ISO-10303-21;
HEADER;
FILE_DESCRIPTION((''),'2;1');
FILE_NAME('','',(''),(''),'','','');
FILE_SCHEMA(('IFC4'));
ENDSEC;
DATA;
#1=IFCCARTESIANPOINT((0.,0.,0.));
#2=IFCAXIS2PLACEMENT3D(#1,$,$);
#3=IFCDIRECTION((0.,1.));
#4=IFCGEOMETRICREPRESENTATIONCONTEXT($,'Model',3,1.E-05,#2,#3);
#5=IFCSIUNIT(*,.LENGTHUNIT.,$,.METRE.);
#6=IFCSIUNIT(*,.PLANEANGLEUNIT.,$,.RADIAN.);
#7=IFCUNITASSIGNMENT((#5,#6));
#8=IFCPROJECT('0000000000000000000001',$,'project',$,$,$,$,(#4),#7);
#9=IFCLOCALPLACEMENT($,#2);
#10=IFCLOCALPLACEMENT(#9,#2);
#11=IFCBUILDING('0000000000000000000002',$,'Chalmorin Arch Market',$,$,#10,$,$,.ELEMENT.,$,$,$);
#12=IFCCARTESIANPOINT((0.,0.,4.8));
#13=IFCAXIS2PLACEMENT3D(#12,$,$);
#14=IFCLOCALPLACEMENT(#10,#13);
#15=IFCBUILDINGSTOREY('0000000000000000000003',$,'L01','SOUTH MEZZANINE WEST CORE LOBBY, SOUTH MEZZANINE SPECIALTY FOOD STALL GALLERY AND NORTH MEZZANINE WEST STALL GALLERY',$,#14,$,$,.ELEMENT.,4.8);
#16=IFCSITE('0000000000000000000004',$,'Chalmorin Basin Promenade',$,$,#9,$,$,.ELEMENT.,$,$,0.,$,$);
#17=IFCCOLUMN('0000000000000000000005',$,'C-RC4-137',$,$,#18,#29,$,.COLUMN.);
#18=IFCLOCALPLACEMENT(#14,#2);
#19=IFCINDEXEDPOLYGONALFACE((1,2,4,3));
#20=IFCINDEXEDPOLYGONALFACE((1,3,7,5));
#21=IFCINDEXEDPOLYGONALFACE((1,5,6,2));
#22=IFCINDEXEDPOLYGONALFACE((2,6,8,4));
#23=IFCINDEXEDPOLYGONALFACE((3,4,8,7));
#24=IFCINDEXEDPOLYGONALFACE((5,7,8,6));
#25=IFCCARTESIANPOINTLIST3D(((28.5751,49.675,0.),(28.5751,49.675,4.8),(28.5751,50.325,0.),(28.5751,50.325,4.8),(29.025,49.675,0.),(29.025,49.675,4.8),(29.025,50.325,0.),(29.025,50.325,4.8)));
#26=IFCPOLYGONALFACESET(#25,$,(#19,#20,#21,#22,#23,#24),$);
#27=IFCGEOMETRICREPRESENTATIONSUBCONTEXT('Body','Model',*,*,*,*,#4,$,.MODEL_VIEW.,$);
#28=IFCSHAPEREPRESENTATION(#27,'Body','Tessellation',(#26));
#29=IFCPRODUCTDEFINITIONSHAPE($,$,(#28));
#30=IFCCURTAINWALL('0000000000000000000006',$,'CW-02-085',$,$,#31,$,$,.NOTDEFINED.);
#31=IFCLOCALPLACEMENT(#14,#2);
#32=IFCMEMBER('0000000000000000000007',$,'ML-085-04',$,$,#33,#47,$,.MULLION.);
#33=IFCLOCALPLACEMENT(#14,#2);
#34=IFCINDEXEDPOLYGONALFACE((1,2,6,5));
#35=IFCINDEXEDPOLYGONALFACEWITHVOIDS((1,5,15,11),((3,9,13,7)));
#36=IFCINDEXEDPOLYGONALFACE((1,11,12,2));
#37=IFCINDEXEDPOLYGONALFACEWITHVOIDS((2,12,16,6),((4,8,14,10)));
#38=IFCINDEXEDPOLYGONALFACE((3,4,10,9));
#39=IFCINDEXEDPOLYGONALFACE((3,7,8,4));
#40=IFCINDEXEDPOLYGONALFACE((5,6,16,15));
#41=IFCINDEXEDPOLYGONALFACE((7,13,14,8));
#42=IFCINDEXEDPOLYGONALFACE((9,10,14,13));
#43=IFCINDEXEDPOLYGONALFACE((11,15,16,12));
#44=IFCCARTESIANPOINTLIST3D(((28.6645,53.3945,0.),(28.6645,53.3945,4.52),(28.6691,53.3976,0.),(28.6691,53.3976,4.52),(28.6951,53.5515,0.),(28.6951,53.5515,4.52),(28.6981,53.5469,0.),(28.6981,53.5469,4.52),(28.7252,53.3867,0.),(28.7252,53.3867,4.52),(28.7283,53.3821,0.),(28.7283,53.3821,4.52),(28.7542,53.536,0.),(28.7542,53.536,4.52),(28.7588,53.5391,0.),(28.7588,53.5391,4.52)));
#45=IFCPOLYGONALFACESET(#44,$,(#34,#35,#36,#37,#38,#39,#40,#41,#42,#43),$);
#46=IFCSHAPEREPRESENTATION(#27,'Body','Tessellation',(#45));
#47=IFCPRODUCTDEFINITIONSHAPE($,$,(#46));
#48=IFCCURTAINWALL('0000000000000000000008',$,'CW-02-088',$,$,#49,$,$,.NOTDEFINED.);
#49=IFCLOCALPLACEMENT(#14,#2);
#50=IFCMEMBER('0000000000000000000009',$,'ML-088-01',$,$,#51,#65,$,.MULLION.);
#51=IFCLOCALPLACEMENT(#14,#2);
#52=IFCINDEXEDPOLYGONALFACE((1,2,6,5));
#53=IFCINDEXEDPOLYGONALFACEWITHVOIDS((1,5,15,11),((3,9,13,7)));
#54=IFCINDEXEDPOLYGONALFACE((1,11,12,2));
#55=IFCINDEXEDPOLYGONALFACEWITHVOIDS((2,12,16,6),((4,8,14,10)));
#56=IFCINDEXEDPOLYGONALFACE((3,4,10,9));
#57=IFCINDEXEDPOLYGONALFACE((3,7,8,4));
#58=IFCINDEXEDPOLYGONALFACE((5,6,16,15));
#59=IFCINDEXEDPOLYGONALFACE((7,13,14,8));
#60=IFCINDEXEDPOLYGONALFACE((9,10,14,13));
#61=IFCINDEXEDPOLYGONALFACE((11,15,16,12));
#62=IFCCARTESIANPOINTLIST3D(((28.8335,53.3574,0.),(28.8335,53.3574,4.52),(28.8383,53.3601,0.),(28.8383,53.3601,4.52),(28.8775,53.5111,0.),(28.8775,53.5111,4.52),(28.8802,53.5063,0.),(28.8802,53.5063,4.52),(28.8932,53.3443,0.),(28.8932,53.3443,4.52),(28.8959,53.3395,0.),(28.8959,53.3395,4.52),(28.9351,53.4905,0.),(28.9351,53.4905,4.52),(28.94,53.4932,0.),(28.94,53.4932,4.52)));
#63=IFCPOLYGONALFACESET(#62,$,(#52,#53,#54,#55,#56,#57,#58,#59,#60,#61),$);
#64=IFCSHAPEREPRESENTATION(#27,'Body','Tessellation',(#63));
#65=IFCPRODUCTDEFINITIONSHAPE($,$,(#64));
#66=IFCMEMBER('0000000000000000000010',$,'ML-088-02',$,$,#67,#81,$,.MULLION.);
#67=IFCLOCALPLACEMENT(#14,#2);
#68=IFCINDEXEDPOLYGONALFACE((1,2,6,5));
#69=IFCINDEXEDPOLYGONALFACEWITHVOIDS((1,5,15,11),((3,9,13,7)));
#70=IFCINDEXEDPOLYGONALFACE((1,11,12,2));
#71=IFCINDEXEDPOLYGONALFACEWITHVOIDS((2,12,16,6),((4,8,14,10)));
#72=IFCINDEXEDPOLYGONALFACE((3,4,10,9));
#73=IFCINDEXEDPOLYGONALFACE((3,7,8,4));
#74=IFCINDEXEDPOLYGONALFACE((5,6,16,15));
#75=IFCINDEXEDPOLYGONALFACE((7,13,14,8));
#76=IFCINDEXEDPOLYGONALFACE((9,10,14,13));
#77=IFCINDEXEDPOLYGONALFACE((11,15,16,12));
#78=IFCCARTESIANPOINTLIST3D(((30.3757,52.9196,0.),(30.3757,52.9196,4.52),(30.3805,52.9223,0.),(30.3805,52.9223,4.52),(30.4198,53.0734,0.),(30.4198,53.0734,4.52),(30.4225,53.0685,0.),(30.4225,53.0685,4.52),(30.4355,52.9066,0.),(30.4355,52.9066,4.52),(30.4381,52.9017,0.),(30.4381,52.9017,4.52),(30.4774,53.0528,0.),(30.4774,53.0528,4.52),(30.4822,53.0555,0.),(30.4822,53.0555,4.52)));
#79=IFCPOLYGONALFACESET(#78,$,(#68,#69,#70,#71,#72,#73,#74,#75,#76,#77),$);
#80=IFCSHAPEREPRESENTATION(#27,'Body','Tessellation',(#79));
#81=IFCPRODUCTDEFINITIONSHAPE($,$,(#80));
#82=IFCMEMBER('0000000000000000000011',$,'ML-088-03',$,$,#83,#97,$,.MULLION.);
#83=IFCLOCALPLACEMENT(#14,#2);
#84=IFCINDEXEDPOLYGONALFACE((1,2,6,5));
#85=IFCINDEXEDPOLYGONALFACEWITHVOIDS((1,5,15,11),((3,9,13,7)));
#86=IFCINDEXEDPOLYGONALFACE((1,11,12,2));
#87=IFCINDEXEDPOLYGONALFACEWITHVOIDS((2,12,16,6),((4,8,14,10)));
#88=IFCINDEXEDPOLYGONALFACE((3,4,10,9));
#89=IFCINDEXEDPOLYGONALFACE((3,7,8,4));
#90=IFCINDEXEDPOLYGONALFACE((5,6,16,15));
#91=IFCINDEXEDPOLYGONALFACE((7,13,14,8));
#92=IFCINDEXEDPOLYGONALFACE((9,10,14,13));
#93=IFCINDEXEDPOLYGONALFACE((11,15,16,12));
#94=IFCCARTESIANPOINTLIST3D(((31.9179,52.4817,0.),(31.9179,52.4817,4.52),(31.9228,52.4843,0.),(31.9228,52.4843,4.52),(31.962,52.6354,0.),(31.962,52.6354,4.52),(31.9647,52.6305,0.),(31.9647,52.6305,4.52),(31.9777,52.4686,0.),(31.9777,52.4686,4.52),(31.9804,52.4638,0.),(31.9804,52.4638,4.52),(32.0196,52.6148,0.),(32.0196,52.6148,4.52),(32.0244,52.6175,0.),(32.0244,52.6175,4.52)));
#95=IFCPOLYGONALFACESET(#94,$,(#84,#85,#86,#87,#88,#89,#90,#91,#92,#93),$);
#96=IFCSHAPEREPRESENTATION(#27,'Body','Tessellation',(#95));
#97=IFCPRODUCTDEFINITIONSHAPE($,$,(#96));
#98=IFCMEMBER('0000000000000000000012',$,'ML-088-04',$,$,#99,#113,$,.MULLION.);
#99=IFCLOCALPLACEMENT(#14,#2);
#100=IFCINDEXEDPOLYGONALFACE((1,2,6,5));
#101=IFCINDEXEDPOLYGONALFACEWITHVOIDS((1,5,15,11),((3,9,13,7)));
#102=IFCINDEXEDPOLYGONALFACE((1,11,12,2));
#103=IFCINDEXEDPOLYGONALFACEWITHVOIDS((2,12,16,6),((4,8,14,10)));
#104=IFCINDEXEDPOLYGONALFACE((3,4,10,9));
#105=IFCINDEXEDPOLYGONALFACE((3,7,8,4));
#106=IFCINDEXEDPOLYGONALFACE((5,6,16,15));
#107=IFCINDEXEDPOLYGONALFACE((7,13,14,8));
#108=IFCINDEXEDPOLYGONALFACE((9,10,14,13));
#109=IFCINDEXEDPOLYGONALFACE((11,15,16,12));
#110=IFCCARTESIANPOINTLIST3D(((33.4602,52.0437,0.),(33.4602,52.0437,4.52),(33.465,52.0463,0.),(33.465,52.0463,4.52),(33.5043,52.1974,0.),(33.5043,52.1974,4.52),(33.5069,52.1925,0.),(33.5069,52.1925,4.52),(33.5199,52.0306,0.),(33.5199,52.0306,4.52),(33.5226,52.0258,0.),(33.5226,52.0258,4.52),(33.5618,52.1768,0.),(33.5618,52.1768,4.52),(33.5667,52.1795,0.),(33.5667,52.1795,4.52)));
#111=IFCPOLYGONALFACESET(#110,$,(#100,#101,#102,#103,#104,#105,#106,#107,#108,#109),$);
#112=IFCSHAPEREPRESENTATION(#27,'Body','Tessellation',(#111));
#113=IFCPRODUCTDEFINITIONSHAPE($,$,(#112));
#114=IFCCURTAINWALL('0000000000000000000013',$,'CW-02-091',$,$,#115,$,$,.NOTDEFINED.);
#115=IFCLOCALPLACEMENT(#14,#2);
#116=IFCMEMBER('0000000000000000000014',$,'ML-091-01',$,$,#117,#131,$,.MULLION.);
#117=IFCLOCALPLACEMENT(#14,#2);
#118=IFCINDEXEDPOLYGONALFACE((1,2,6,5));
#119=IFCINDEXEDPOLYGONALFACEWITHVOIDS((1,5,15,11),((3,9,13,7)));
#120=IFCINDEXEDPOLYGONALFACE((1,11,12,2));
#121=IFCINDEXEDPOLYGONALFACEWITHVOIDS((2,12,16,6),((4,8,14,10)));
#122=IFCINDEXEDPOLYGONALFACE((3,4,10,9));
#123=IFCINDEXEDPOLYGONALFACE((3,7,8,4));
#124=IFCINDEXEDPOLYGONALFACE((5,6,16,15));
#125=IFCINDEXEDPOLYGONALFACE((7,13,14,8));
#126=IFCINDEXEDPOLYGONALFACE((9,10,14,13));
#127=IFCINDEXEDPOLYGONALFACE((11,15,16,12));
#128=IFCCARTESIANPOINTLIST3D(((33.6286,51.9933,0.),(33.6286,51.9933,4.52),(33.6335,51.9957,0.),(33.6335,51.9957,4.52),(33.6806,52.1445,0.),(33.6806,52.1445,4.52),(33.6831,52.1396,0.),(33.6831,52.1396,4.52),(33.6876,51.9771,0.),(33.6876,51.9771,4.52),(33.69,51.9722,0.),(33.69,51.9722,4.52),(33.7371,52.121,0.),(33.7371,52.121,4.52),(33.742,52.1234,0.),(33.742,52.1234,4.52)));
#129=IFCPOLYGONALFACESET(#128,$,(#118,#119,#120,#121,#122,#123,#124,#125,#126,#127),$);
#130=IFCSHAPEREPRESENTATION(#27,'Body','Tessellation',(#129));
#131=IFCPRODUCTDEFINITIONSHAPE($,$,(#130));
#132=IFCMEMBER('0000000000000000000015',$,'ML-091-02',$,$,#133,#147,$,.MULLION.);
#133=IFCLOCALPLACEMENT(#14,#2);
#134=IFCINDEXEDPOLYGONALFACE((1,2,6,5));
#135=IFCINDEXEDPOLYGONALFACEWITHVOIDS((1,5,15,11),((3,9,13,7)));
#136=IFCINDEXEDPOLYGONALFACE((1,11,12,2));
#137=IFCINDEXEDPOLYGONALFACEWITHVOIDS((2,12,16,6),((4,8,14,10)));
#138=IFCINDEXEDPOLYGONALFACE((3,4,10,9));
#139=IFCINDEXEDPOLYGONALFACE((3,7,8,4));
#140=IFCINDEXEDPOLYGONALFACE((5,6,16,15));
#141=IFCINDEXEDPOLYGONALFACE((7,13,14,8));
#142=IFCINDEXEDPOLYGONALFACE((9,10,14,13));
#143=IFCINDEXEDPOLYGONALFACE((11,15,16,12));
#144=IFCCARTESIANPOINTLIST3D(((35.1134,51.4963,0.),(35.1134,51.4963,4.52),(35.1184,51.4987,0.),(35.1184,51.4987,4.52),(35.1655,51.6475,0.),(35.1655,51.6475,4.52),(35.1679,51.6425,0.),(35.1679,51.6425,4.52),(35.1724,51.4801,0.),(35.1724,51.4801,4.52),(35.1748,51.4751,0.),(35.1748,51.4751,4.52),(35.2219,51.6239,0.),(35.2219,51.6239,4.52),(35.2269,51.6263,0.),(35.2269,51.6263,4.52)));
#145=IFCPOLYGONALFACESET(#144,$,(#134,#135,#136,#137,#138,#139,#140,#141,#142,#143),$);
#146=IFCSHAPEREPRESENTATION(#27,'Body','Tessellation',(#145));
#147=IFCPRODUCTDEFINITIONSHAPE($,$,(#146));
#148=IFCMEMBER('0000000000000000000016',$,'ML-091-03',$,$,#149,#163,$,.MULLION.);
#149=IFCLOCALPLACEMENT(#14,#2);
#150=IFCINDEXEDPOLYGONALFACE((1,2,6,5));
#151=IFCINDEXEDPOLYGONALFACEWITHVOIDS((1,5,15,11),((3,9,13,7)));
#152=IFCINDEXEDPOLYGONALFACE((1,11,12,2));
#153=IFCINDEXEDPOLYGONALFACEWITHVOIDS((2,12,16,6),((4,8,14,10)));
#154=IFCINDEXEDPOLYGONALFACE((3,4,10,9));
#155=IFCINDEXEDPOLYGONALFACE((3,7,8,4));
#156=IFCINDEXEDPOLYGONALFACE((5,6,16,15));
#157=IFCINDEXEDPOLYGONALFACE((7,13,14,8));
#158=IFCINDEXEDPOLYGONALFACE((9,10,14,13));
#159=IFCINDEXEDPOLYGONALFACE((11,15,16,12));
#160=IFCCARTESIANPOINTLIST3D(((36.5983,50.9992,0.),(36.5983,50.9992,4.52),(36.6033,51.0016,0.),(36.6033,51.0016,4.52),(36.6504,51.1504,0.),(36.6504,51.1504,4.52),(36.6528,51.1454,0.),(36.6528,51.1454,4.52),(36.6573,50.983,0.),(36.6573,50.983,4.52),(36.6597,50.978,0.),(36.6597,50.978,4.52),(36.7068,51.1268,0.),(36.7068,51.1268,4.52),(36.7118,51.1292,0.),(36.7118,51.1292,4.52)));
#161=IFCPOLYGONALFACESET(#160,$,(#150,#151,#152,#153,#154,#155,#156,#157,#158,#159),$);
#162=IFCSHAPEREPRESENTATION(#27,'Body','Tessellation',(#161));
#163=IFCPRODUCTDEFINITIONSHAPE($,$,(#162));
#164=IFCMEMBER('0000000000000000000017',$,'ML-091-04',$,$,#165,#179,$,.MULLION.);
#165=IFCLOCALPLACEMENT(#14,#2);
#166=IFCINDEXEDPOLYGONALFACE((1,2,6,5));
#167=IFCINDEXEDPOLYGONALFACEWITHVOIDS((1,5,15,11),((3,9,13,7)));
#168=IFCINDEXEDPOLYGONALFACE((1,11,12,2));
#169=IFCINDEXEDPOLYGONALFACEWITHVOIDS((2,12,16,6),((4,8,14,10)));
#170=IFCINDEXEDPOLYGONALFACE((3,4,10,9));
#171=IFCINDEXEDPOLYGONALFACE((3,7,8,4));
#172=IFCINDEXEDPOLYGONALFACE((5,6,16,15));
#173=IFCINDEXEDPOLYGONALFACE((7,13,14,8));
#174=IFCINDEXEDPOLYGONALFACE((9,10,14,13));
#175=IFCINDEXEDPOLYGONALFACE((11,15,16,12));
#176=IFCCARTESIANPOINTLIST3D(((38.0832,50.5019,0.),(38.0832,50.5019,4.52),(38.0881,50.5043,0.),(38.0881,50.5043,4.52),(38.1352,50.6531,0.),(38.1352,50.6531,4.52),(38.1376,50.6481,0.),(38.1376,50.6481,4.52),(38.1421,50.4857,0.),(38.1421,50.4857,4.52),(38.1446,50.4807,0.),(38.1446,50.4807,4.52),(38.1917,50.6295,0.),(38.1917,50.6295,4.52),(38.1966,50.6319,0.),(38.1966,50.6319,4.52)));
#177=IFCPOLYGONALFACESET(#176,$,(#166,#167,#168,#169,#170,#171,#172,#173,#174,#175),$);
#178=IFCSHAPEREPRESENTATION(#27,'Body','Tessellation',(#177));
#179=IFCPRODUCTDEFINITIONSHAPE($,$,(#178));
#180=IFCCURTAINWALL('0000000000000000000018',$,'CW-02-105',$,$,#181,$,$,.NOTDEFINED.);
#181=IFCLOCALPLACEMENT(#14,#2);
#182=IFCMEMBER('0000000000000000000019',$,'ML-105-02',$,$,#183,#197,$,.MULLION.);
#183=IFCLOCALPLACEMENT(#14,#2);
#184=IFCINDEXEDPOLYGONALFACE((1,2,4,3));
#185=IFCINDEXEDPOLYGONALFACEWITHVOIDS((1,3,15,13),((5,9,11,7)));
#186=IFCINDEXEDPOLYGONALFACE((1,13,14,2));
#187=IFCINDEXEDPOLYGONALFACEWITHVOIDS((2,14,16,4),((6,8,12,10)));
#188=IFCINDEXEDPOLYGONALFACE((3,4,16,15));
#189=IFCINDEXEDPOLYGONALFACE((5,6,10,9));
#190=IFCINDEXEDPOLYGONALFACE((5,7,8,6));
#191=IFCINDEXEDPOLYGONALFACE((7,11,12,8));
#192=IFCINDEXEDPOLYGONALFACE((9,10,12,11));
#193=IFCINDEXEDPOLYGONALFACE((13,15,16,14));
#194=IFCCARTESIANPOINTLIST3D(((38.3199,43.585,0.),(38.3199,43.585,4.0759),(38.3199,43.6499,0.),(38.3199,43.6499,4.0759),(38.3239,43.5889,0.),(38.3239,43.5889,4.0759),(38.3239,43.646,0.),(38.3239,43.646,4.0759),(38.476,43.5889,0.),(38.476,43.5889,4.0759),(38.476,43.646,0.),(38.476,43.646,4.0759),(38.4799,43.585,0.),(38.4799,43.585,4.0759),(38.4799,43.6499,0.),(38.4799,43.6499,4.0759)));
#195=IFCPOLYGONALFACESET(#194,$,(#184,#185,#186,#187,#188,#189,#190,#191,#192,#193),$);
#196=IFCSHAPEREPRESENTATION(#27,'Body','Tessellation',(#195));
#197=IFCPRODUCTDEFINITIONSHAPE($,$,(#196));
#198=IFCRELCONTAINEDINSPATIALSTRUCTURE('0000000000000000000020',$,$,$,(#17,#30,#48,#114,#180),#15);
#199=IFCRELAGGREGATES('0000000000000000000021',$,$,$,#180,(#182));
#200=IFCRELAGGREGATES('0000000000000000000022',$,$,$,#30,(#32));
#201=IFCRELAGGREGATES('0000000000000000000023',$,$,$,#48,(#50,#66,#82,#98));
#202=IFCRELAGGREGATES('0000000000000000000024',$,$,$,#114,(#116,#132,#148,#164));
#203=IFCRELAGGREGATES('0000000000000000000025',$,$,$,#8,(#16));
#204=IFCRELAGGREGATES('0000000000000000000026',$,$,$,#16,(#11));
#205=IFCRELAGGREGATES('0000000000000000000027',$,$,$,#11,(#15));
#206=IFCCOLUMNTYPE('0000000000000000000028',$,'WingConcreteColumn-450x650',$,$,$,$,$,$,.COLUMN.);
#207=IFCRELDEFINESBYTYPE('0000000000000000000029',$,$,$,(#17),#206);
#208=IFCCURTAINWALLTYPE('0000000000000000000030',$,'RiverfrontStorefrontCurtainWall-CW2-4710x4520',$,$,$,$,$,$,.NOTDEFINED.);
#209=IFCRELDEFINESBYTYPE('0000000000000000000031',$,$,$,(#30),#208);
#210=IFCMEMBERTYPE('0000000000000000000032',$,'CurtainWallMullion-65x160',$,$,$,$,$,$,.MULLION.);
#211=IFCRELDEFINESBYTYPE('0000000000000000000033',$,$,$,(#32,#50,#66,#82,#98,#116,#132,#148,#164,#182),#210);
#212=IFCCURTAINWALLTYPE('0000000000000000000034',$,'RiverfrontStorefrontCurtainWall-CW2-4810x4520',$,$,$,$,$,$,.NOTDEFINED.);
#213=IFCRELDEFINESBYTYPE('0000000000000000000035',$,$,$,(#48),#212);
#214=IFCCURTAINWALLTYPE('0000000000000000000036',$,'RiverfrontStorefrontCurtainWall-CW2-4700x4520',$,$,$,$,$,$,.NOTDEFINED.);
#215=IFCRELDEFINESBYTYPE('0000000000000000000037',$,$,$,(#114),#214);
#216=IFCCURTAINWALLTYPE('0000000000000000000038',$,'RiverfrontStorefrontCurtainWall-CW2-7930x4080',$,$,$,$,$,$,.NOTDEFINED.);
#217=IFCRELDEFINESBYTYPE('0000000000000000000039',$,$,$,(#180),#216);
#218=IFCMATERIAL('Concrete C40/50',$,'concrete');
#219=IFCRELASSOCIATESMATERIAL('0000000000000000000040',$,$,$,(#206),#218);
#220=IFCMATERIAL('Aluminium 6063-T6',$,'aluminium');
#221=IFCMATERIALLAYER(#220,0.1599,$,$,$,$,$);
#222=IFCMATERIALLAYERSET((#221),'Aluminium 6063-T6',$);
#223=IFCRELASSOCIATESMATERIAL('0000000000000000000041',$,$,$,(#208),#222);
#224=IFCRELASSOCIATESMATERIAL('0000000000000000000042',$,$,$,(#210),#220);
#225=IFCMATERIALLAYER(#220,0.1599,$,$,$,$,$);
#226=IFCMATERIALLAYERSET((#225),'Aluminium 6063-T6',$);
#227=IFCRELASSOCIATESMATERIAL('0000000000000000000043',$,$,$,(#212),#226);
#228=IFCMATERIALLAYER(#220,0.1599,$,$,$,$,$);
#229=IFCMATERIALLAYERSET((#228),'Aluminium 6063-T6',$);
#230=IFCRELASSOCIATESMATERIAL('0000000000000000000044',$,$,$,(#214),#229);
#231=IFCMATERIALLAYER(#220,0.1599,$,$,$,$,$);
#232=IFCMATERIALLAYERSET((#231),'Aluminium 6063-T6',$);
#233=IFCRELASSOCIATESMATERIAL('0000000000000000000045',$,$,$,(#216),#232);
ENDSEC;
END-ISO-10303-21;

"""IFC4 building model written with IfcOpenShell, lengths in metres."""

from ifc_helpers import new_model, si_unit, direction, frame, origin, origin_2d, place, context, subcontext, project, spatial, rectangle, hollow_rectangle, extrude, material, layer, layer_set, material_profile, profile_set, type_object, element, aggregate, save


model = new_model("IFC4")

# Units and contexts
model_context = context("Model", 3, precision=1e-05, world=origin(), true_north=direction((0.0, 1.0)))
body_context = subcontext(model_context, "Body", "Model", "MODEL_VIEW")
ifc_project = project(units=[si_unit("LENGTHUNIT", "METRE"), si_unit("PLANEANGLEUNIT", "RADIAN")], contexts=[model_context])

# Site, building, storey
site_placement = place(None, origin())
site = spatial("IfcSite", under=ifc_project, at=site_placement, Name="Chalmorin Basin Promenade", CompositionType="ELEMENT", RefElevation=0.0)
building_placement = place(site_placement, origin())
building = spatial("IfcBuilding", under=site, at=building_placement, Name="Chalmorin Arch Market", CompositionType="ELEMENT")
storey_placement = place(building_placement, frame((0.0, 0.0, 4.8)))
storey = spatial("IfcBuildingStorey", under=building, at=storey_placement, Name="L01", Description="SOUTH MEZZANINE WEST CORE LOBBY, SOUTH MEZZANINE SPECIALTY FOOD STALL GALLERY AND NORTH MEZZANINE WEST STALL GALLERY", CompositionType="ELEMENT", Elevation=4.8)

# Column
ifc_material_1 = material(Name="Concrete C40/50", Category="concrete")
ifc_material_profile_1 = material_profile(ifc_material_1, rectangle(XDim=0.45, YDim=0.6499, at=origin_2d()), Name="RC450X650")
ifc_profile_set_1 = profile_set([ifc_material_profile_1], Name="Concrete C40/50")
column_type = type_object("IfcColumnType", Name="WingConcreteColumn-450x650", PredefinedType="COLUMN", material=ifc_profile_set_1)
column_placement = place(storey_placement, frame((28.8, 50.0, 0.0), z_axis=(0.0, 0.0, 1.0), x_axis=(1.0, 0.0, 0.0)))
element("IfcColumn", 1, at=column_placement, inside=storey, type_object=column_type, Name="C-RC4-137", PredefinedType="COLUMN", context=body_context, shape_type="SweptSolid", body=[
    extrude(rectangle(XDim=0.45, YDim=0.6499, at=origin_2d()), origin(), (0.0, 0.0, 1.0), 4.8),
])

# Curtain wall, member
ifc_material_2 = material(Name="Aluminium 6063-T6", Category="aluminium")
ifc_layer_1 = layer(ifc_material_2, 0.1599)
ifc_layer_set_1 = layer_set([ifc_layer_1], Name="Aluminium 6063-T6")
curtain_wall_type_1 = type_object("IfcCurtainWallType", Name="RiverfrontStorefrontCurtainWall-CW2-4710x4520", PredefinedType="NOTDEFINED", material=ifc_layer_set_1)
curtain_wall_1_placement = place(storey_placement, origin())
curtain_wall_1 = element("IfcCurtainWall", 2, at=curtain_wall_1_placement, inside=storey, type_object=curtain_wall_type_1, Name="CW-02-085", PredefinedType="NOTDEFINED")
ifc_material_profile_2 = material_profile(ifc_material_2, hollow_rectangle(XDim=0.0649, YDim=0.1599, WallThickness=0.0039, at=origin_2d()), Name="ALU65X160X4")
ifc_profile_set_2 = profile_set([ifc_material_profile_2], Name="Aluminium 6063-T6")
member_type_1 = type_object("IfcMemberType", Name="CurtainWallMullion-65x160", PredefinedType="MULLION", material=ifc_profile_set_2)
member_1_placement = place(storey_placement, frame((28.7117, 53.4668, 0.0), z_axis=(0.0, 0.0, 1.0), x_axis=(0.981627, -0.190809, 0.0)))
member_1 = element("IfcMember", 3, at=member_1_placement, type_object=member_type_1, Name="ML-085-04", PredefinedType="MULLION", context=body_context, shape_type="SweptSolid", body=[
    extrude(hollow_rectangle(XDim=0.0649, YDim=0.1599, WallThickness=0.0039, at=origin_2d()), origin(), (0.0, 0.0, 1.0), 4.52),
])

# Curtain walls, members
ifc_layer_2 = layer(ifc_material_2, 0.1599)
ifc_layer_set_2 = layer_set([ifc_layer_2], Name="Aluminium 6063-T6")
curtain_wall_type_2 = type_object("IfcCurtainWallType", Name="RiverfrontStorefrontCurtainWall-CW2-4810x4520", PredefinedType="NOTDEFINED", material=ifc_layer_set_2)
curtain_wall_2_placement = place(storey_placement, origin())
curtain_wall_2 = element("IfcCurtainWall", 4, at=curtain_wall_2_placement, inside=storey, type_object=curtain_wall_type_2, Name="CW-02-088", PredefinedType="NOTDEFINED")
member_2_placement = place(storey_placement, frame((28.8867, 53.4253, 0.0), z_axis=(0.0, 0.0, 1.0), x_axis=(0.961262, -0.275637, 0.0)))
member_2 = element("IfcMember", 5, at=member_2_placement, type_object=member_type_1, Name="ML-088-01", PredefinedType="MULLION", context=body_context, shape_type="SweptSolid", body=[
    extrude(hollow_rectangle(XDim=0.0649, YDim=0.1599, WallThickness=0.0039, at=origin_2d()), origin(), (0.0, 0.0, 1.0), 4.52),
])
member_3_placement = place(storey_placement, frame((30.429, 52.9875, 0.0), z_axis=(0.0, 0.0, 1.0), x_axis=(0.961262, -0.275637, 0.0)))
member_3 = element("IfcMember", 6, at=member_3_placement, type_object=member_type_1, Name="ML-088-02", PredefinedType="MULLION", context=body_context, shape_type="SweptSolid", body=[
    extrude(hollow_rectangle(XDim=0.0649, YDim=0.1599, WallThickness=0.0039, at=origin_2d()), origin(), (0.0, 0.0, 1.0), 4.52),
])
member_4_placement = place(storey_placement, frame((31.9712, 52.5496, 0.0), z_axis=(0.0, 0.0, 1.0), x_axis=(0.961262, -0.275637, 0.0)))
member_4 = element("IfcMember", 7, at=member_4_placement, type_object=member_type_1, Name="ML-088-03", PredefinedType="MULLION", context=body_context, shape_type="SweptSolid", body=[
    extrude(hollow_rectangle(XDim=0.0649, YDim=0.1599, WallThickness=0.0039, at=origin_2d()), origin(), (0.0, 0.0, 1.0), 4.52),
])
member_5_placement = place(storey_placement, frame((33.5134, 52.1116, 0.0), z_axis=(0.0, 0.0, 1.0), x_axis=(0.961262, -0.275637, 0.0)))
member_5 = element("IfcMember", 8, at=member_5_placement, type_object=member_type_1, Name="ML-088-04", PredefinedType="MULLION", context=body_context, shape_type="SweptSolid", body=[
    extrude(hollow_rectangle(XDim=0.0649, YDim=0.1599, WallThickness=0.0039, at=origin_2d()), origin(), (0.0, 0.0, 1.0), 4.52),
])
ifc_layer_3 = layer(ifc_material_2, 0.1599)
ifc_layer_set_3 = layer_set([ifc_layer_3], Name="Aluminium 6063-T6")
curtain_wall_type_3 = type_object("IfcCurtainWallType", Name="RiverfrontStorefrontCurtainWall-CW2-4700x4520", PredefinedType="NOTDEFINED", material=ifc_layer_set_3)
curtain_wall_3_placement = place(storey_placement, origin())
curtain_wall_3 = element("IfcCurtainWall", 9, at=curtain_wall_3_placement, inside=storey, type_object=curtain_wall_type_3, Name="CW-02-091", PredefinedType="NOTDEFINED")
member_6_placement = place(storey_placement, frame((33.6853, 52.0583, 0.0), z_axis=(0.0, 0.0, 1.0), x_axis=(0.945519, -0.325568, 0.0)))
member_6 = element("IfcMember", 10, at=member_6_placement, type_object=member_type_1, Name="ML-091-01", PredefinedType="MULLION", context=body_context, shape_type="SweptSolid", body=[
    extrude(hollow_rectangle(XDim=0.0649, YDim=0.1599, WallThickness=0.0039, at=origin_2d()), origin(), (0.0, 0.0, 1.0), 4.52),
])
member_7_placement = place(storey_placement, frame((35.1702, 51.5613, 0.0), z_axis=(0.0, 0.0, 1.0), x_axis=(0.945519, -0.325568, 0.0)))
member_7 = element("IfcMember", 11, at=member_7_placement, type_object=member_type_1, Name="ML-091-02", PredefinedType="MULLION", context=body_context, shape_type="SweptSolid", body=[
    extrude(hollow_rectangle(XDim=0.0649, YDim=0.1599, WallThickness=0.0039, at=origin_2d()), origin(), (0.0, 0.0, 1.0), 4.52),
])
member_8_placement = place(storey_placement, frame((36.655, 51.0642, 0.0), z_axis=(0.0, 0.0, 1.0), x_axis=(0.945519, -0.325568, 0.0)))
member_8 = element("IfcMember", 12, at=member_8_placement, type_object=member_type_1, Name="ML-091-03", PredefinedType="MULLION", context=body_context, shape_type="SweptSolid", body=[
    extrude(hollow_rectangle(XDim=0.0649, YDim=0.1599, WallThickness=0.0039, at=origin_2d()), origin(), (0.0, 0.0, 1.0), 4.52),
])
member_9_placement = place(storey_placement, frame((38.1399, 50.5669, 0.0), z_axis=(0.0, 0.0, 1.0), x_axis=(0.945519, -0.325568, 0.0)))
member_9 = element("IfcMember", 13, at=member_9_placement, type_object=member_type_1, Name="ML-091-04", PredefinedType="MULLION", context=body_context, shape_type="SweptSolid", body=[
    extrude(hollow_rectangle(XDim=0.0649, YDim=0.1599, WallThickness=0.0039, at=origin_2d()), origin(), (0.0, 0.0, 1.0), 4.52),
])

# Curtain wall, member
ifc_layer_4 = layer(ifc_material_2, 0.1599)
ifc_layer_set_4 = layer_set([ifc_layer_4], Name="Aluminium 6063-T6")
curtain_wall_type_4 = type_object("IfcCurtainWallType", Name="RiverfrontStorefrontCurtainWall-CW2-7930x4080", PredefinedType="NOTDEFINED", material=ifc_layer_set_4)
curtain_wall_4_placement = place(storey_placement, origin())
curtain_wall_4 = element("IfcCurtainWall", 14, at=curtain_wall_4_placement, inside=storey, type_object=curtain_wall_type_4, Name="CW-02-105", PredefinedType="NOTDEFINED")
member_10_placement = place(storey_placement, frame((38.3999, 43.6174, 0.0), z_axis=(0.0, 0.0, 1.0), x_axis=(0.0, 1.0, 0.0)))
member_10 = element("IfcMember", 15, at=member_10_placement, type_object=member_type_1, Name="ML-105-02", PredefinedType="MULLION", context=body_context, shape_type="SweptSolid", body=[
    extrude(hollow_rectangle(XDim=0.0649, YDim=0.1599, WallThickness=0.0039, at=origin_2d()), origin(), (0.0, 0.0, 1.0), 4.0759),
])
aggregate(curtain_wall_4, [member_10])

aggregate(curtain_wall_1, [member_1])
aggregate(curtain_wall_2, [member_2, member_3, member_4, member_5])
aggregate(curtain_wall_3, [member_6, member_7, member_8, member_9])

save(model, "model.ifc")
